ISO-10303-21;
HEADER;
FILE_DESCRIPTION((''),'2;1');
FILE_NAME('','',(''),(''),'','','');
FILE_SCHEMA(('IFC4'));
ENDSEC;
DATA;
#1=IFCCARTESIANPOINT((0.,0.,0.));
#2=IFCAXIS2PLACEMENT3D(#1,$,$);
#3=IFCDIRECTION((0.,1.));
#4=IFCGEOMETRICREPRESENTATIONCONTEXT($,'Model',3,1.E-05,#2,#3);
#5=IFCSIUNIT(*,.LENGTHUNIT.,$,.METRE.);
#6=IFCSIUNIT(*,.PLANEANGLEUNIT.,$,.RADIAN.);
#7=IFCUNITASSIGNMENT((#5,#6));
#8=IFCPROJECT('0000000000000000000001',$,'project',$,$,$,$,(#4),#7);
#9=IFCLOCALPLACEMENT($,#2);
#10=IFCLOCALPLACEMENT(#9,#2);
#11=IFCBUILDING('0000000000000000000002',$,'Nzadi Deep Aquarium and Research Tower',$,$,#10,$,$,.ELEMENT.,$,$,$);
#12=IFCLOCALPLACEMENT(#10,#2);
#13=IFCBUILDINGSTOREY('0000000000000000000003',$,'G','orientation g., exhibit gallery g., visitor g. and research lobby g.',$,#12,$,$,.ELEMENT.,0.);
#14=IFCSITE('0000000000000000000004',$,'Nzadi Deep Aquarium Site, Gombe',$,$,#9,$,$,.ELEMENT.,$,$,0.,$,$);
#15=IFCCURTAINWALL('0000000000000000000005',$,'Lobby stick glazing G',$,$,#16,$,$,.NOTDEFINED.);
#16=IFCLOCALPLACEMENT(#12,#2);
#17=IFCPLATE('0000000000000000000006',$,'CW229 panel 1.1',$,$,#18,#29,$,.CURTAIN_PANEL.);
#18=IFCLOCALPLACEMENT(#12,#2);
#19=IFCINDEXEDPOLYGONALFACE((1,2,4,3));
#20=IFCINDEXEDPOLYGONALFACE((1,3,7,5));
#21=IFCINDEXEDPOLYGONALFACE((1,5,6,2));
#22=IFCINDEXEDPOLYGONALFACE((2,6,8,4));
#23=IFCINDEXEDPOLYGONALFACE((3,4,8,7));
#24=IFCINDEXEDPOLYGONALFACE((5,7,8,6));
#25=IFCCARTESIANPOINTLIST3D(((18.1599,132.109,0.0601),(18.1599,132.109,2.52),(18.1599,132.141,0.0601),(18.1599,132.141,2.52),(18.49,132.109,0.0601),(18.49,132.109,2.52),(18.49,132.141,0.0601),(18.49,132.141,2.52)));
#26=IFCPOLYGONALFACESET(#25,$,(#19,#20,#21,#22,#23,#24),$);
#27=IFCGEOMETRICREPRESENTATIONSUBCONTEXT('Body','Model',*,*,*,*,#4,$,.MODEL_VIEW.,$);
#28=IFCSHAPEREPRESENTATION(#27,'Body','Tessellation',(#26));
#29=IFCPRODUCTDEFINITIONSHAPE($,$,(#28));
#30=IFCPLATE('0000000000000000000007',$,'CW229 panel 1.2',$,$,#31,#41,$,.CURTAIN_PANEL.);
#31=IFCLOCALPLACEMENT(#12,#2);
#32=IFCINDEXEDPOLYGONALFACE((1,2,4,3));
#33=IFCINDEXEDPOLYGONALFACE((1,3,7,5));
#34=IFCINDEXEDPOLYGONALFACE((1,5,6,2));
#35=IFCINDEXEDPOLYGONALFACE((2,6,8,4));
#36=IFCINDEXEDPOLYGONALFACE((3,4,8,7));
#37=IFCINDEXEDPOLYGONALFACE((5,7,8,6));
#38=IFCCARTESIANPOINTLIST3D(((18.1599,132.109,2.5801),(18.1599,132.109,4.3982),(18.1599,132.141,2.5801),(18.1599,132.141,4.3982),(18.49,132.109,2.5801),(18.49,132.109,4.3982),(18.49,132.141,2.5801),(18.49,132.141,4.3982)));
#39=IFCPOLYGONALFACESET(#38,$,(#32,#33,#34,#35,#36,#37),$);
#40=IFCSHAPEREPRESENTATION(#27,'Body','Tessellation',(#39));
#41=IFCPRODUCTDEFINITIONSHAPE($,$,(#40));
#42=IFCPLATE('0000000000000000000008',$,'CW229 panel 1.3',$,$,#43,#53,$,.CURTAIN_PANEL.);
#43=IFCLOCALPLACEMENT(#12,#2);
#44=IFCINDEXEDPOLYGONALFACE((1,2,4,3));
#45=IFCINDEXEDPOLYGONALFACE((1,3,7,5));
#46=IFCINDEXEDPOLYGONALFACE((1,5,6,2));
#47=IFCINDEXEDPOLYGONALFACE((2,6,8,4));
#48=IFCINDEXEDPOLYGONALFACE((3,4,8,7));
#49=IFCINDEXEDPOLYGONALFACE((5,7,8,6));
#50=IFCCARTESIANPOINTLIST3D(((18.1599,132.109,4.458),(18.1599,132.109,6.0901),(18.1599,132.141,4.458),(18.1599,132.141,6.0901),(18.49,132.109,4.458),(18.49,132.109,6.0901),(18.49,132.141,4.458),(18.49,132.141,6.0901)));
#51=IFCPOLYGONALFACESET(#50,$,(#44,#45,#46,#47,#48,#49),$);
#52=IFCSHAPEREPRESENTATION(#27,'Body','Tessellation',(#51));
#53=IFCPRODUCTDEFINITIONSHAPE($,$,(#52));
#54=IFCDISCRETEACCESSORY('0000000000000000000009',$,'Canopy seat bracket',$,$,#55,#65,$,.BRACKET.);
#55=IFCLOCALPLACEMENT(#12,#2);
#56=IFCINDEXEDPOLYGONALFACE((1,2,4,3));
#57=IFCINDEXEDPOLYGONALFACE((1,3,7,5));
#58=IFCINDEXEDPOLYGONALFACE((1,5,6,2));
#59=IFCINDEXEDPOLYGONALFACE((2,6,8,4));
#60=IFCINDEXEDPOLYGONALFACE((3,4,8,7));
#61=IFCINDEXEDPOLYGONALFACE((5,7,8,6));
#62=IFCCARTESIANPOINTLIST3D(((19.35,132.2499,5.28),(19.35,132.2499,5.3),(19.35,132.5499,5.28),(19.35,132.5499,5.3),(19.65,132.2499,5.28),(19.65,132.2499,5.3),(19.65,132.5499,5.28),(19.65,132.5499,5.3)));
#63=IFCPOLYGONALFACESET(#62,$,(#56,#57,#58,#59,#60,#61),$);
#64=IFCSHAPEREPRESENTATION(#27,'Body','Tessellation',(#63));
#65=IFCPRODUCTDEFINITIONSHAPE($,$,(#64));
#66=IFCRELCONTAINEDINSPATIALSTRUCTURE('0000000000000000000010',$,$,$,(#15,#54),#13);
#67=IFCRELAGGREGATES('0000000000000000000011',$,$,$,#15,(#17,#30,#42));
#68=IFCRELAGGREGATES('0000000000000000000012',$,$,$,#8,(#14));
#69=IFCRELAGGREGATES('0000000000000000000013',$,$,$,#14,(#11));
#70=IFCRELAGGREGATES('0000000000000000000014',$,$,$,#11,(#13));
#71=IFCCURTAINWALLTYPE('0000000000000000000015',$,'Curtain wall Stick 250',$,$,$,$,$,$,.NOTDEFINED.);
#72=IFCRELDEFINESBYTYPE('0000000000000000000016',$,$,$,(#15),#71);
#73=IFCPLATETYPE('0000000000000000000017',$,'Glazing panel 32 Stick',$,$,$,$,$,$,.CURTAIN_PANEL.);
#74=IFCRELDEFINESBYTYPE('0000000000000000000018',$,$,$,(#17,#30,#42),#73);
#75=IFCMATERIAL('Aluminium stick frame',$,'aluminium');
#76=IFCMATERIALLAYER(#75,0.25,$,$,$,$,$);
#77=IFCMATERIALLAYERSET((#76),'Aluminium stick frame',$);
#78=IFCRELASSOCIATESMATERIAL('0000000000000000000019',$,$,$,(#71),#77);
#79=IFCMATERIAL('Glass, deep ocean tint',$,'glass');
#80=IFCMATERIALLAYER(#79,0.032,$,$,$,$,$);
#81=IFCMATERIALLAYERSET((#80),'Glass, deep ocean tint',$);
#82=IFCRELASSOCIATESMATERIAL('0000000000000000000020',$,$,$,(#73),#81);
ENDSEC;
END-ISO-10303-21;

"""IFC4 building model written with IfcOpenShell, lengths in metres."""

from ifc_helpers import new_model, si_unit, direction, frame, origin, origin_2d, place, context, subcontext, project, spatial, rectangle, extrude, material, layer, layer_set, type_object, element, aggregate, save


model = new_model("IFC4")

# Units and contexts
model_context = context("Model", 3, precision=1e-05, world=origin(), true_north=direction((0.0, 1.0)))
body_context = subcontext(model_context, "Body", "Model", "MODEL_VIEW")
ifc_project = project(units=[si_unit("LENGTHUNIT", "METRE"), si_unit("PLANEANGLEUNIT", "RADIAN")], contexts=[model_context])

# Site, building, storey
site_placement = place(None, origin())
site = spatial("IfcSite", under=ifc_project, at=site_placement, Name="Nzadi Deep Aquarium Site, Gombe", CompositionType="ELEMENT", RefElevation=0.0)
building_placement = place(site_placement, origin())
building = spatial("IfcBuilding", under=site, at=building_placement, Name="Nzadi Deep Aquarium and Research Tower", CompositionType="ELEMENT")
storey_placement = place(building_placement, origin())
storey = spatial("IfcBuildingStorey", under=building, at=storey_placement, Name="G", Description="orientation g., exhibit gallery g., visitor g. and research lobby g.", CompositionType="ELEMENT", Elevation=0.0)

# Shared definitions
ifc_material_1 = material(Name="Aluminium stick frame", Category="aluminium")
ifc_layer_1 = layer(ifc_material_1, 0.25)
ifc_layer_set_1 = layer_set([ifc_layer_1], Name="Aluminium stick frame")
curtain_wall_type = type_object("IfcCurtainWallType", Name="Curtain wall Stick 250", PredefinedType="NOTDEFINED", material=ifc_layer_set_1)

# Curtain wall
curtain_wall_1_placement = place(storey_placement, origin())
curtain_wall_1 = element("IfcCurtainWall", 1, at=curtain_wall_1_placement, inside=storey, type_object=curtain_wall_type, Name="Lobby stick glazing G", PredefinedType="NOTDEFINED")

# Plates
ifc_material_2 = material(Name="Glass, deep ocean tint", Category="glass")
ifc_layer_2 = layer(ifc_material_2, 0.032)
ifc_layer_set_2 = layer_set([ifc_layer_2], Name="Glass, deep ocean tint")
plate_type = type_object("IfcPlateType", Name="Glazing panel 32 Stick", PredefinedType="CURTAIN_PANEL", material=ifc_layer_set_2)
plate_1_placement = place(storey_placement, frame((18.325, 132.125, 0.0601), z_axis=(0.0, 0.0, 1.0), x_axis=(1.0, 0.0, 0.0)))
plate_1 = element("IfcPlate", 2, at=plate_1_placement, type_object=plate_type, Name="CW229 panel 1.1", PredefinedType="CURTAIN_PANEL", context=body_context, shape_type="SweptSolid", body=[
    extrude(rectangle(XDim=0.3301, YDim=0.032, at=origin_2d()), origin(), (0.0, 0.0, 1.0), 2.46),
])
plate_2_placement = place(storey_placement, frame((18.325, 132.125, 2.5801), z_axis=(0.0, 0.0, 1.0), x_axis=(1.0, 0.0, 0.0)))
plate_2 = element("IfcPlate", 3, at=plate_2_placement, type_object=plate_type, Name="CW229 panel 1.2", PredefinedType="CURTAIN_PANEL", context=body_context, shape_type="SweptSolid", body=[
    extrude(rectangle(XDim=0.3301, YDim=0.032, at=origin_2d()), origin(), (0.0, 0.0, 1.0), 1.8181),
])
plate_3_placement = place(storey_placement, frame((18.325, 132.125, 4.458), z_axis=(0.0, 0.0, 1.0), x_axis=(1.0, 0.0, 0.0)))
plate_3 = element("IfcPlate", 4, at=plate_3_placement, type_object=plate_type, Name="CW229 panel 1.3", PredefinedType="CURTAIN_PANEL", context=body_context, shape_type="SweptSolid", body=[
    extrude(rectangle(XDim=0.3301, YDim=0.032, at=origin_2d()), origin(), (0.0, 0.0, 1.0), 1.6321),
])
aggregate(curtain_wall_1, [plate_1, plate_2, plate_3])

# Discrete accessory
discrete_accessory_placement = place(storey_placement, frame((19.5, 132.3999, 5.28), z_axis=(0.0, 0.0, 1.0), x_axis=(1.0, 0.0, 0.0)))
element("IfcDiscreteAccessory", 5, at=discrete_accessory_placement, inside=storey, Name="Canopy seat bracket", PredefinedType="BRACKET", context=body_context, shape_type="SweptSolid", body=[
    extrude(rectangle(XDim=0.3, YDim=0.3, at=origin_2d()), origin(), (0.0, 0.0, 1.0), 0.02),
])

save(model, "model.ifc")
